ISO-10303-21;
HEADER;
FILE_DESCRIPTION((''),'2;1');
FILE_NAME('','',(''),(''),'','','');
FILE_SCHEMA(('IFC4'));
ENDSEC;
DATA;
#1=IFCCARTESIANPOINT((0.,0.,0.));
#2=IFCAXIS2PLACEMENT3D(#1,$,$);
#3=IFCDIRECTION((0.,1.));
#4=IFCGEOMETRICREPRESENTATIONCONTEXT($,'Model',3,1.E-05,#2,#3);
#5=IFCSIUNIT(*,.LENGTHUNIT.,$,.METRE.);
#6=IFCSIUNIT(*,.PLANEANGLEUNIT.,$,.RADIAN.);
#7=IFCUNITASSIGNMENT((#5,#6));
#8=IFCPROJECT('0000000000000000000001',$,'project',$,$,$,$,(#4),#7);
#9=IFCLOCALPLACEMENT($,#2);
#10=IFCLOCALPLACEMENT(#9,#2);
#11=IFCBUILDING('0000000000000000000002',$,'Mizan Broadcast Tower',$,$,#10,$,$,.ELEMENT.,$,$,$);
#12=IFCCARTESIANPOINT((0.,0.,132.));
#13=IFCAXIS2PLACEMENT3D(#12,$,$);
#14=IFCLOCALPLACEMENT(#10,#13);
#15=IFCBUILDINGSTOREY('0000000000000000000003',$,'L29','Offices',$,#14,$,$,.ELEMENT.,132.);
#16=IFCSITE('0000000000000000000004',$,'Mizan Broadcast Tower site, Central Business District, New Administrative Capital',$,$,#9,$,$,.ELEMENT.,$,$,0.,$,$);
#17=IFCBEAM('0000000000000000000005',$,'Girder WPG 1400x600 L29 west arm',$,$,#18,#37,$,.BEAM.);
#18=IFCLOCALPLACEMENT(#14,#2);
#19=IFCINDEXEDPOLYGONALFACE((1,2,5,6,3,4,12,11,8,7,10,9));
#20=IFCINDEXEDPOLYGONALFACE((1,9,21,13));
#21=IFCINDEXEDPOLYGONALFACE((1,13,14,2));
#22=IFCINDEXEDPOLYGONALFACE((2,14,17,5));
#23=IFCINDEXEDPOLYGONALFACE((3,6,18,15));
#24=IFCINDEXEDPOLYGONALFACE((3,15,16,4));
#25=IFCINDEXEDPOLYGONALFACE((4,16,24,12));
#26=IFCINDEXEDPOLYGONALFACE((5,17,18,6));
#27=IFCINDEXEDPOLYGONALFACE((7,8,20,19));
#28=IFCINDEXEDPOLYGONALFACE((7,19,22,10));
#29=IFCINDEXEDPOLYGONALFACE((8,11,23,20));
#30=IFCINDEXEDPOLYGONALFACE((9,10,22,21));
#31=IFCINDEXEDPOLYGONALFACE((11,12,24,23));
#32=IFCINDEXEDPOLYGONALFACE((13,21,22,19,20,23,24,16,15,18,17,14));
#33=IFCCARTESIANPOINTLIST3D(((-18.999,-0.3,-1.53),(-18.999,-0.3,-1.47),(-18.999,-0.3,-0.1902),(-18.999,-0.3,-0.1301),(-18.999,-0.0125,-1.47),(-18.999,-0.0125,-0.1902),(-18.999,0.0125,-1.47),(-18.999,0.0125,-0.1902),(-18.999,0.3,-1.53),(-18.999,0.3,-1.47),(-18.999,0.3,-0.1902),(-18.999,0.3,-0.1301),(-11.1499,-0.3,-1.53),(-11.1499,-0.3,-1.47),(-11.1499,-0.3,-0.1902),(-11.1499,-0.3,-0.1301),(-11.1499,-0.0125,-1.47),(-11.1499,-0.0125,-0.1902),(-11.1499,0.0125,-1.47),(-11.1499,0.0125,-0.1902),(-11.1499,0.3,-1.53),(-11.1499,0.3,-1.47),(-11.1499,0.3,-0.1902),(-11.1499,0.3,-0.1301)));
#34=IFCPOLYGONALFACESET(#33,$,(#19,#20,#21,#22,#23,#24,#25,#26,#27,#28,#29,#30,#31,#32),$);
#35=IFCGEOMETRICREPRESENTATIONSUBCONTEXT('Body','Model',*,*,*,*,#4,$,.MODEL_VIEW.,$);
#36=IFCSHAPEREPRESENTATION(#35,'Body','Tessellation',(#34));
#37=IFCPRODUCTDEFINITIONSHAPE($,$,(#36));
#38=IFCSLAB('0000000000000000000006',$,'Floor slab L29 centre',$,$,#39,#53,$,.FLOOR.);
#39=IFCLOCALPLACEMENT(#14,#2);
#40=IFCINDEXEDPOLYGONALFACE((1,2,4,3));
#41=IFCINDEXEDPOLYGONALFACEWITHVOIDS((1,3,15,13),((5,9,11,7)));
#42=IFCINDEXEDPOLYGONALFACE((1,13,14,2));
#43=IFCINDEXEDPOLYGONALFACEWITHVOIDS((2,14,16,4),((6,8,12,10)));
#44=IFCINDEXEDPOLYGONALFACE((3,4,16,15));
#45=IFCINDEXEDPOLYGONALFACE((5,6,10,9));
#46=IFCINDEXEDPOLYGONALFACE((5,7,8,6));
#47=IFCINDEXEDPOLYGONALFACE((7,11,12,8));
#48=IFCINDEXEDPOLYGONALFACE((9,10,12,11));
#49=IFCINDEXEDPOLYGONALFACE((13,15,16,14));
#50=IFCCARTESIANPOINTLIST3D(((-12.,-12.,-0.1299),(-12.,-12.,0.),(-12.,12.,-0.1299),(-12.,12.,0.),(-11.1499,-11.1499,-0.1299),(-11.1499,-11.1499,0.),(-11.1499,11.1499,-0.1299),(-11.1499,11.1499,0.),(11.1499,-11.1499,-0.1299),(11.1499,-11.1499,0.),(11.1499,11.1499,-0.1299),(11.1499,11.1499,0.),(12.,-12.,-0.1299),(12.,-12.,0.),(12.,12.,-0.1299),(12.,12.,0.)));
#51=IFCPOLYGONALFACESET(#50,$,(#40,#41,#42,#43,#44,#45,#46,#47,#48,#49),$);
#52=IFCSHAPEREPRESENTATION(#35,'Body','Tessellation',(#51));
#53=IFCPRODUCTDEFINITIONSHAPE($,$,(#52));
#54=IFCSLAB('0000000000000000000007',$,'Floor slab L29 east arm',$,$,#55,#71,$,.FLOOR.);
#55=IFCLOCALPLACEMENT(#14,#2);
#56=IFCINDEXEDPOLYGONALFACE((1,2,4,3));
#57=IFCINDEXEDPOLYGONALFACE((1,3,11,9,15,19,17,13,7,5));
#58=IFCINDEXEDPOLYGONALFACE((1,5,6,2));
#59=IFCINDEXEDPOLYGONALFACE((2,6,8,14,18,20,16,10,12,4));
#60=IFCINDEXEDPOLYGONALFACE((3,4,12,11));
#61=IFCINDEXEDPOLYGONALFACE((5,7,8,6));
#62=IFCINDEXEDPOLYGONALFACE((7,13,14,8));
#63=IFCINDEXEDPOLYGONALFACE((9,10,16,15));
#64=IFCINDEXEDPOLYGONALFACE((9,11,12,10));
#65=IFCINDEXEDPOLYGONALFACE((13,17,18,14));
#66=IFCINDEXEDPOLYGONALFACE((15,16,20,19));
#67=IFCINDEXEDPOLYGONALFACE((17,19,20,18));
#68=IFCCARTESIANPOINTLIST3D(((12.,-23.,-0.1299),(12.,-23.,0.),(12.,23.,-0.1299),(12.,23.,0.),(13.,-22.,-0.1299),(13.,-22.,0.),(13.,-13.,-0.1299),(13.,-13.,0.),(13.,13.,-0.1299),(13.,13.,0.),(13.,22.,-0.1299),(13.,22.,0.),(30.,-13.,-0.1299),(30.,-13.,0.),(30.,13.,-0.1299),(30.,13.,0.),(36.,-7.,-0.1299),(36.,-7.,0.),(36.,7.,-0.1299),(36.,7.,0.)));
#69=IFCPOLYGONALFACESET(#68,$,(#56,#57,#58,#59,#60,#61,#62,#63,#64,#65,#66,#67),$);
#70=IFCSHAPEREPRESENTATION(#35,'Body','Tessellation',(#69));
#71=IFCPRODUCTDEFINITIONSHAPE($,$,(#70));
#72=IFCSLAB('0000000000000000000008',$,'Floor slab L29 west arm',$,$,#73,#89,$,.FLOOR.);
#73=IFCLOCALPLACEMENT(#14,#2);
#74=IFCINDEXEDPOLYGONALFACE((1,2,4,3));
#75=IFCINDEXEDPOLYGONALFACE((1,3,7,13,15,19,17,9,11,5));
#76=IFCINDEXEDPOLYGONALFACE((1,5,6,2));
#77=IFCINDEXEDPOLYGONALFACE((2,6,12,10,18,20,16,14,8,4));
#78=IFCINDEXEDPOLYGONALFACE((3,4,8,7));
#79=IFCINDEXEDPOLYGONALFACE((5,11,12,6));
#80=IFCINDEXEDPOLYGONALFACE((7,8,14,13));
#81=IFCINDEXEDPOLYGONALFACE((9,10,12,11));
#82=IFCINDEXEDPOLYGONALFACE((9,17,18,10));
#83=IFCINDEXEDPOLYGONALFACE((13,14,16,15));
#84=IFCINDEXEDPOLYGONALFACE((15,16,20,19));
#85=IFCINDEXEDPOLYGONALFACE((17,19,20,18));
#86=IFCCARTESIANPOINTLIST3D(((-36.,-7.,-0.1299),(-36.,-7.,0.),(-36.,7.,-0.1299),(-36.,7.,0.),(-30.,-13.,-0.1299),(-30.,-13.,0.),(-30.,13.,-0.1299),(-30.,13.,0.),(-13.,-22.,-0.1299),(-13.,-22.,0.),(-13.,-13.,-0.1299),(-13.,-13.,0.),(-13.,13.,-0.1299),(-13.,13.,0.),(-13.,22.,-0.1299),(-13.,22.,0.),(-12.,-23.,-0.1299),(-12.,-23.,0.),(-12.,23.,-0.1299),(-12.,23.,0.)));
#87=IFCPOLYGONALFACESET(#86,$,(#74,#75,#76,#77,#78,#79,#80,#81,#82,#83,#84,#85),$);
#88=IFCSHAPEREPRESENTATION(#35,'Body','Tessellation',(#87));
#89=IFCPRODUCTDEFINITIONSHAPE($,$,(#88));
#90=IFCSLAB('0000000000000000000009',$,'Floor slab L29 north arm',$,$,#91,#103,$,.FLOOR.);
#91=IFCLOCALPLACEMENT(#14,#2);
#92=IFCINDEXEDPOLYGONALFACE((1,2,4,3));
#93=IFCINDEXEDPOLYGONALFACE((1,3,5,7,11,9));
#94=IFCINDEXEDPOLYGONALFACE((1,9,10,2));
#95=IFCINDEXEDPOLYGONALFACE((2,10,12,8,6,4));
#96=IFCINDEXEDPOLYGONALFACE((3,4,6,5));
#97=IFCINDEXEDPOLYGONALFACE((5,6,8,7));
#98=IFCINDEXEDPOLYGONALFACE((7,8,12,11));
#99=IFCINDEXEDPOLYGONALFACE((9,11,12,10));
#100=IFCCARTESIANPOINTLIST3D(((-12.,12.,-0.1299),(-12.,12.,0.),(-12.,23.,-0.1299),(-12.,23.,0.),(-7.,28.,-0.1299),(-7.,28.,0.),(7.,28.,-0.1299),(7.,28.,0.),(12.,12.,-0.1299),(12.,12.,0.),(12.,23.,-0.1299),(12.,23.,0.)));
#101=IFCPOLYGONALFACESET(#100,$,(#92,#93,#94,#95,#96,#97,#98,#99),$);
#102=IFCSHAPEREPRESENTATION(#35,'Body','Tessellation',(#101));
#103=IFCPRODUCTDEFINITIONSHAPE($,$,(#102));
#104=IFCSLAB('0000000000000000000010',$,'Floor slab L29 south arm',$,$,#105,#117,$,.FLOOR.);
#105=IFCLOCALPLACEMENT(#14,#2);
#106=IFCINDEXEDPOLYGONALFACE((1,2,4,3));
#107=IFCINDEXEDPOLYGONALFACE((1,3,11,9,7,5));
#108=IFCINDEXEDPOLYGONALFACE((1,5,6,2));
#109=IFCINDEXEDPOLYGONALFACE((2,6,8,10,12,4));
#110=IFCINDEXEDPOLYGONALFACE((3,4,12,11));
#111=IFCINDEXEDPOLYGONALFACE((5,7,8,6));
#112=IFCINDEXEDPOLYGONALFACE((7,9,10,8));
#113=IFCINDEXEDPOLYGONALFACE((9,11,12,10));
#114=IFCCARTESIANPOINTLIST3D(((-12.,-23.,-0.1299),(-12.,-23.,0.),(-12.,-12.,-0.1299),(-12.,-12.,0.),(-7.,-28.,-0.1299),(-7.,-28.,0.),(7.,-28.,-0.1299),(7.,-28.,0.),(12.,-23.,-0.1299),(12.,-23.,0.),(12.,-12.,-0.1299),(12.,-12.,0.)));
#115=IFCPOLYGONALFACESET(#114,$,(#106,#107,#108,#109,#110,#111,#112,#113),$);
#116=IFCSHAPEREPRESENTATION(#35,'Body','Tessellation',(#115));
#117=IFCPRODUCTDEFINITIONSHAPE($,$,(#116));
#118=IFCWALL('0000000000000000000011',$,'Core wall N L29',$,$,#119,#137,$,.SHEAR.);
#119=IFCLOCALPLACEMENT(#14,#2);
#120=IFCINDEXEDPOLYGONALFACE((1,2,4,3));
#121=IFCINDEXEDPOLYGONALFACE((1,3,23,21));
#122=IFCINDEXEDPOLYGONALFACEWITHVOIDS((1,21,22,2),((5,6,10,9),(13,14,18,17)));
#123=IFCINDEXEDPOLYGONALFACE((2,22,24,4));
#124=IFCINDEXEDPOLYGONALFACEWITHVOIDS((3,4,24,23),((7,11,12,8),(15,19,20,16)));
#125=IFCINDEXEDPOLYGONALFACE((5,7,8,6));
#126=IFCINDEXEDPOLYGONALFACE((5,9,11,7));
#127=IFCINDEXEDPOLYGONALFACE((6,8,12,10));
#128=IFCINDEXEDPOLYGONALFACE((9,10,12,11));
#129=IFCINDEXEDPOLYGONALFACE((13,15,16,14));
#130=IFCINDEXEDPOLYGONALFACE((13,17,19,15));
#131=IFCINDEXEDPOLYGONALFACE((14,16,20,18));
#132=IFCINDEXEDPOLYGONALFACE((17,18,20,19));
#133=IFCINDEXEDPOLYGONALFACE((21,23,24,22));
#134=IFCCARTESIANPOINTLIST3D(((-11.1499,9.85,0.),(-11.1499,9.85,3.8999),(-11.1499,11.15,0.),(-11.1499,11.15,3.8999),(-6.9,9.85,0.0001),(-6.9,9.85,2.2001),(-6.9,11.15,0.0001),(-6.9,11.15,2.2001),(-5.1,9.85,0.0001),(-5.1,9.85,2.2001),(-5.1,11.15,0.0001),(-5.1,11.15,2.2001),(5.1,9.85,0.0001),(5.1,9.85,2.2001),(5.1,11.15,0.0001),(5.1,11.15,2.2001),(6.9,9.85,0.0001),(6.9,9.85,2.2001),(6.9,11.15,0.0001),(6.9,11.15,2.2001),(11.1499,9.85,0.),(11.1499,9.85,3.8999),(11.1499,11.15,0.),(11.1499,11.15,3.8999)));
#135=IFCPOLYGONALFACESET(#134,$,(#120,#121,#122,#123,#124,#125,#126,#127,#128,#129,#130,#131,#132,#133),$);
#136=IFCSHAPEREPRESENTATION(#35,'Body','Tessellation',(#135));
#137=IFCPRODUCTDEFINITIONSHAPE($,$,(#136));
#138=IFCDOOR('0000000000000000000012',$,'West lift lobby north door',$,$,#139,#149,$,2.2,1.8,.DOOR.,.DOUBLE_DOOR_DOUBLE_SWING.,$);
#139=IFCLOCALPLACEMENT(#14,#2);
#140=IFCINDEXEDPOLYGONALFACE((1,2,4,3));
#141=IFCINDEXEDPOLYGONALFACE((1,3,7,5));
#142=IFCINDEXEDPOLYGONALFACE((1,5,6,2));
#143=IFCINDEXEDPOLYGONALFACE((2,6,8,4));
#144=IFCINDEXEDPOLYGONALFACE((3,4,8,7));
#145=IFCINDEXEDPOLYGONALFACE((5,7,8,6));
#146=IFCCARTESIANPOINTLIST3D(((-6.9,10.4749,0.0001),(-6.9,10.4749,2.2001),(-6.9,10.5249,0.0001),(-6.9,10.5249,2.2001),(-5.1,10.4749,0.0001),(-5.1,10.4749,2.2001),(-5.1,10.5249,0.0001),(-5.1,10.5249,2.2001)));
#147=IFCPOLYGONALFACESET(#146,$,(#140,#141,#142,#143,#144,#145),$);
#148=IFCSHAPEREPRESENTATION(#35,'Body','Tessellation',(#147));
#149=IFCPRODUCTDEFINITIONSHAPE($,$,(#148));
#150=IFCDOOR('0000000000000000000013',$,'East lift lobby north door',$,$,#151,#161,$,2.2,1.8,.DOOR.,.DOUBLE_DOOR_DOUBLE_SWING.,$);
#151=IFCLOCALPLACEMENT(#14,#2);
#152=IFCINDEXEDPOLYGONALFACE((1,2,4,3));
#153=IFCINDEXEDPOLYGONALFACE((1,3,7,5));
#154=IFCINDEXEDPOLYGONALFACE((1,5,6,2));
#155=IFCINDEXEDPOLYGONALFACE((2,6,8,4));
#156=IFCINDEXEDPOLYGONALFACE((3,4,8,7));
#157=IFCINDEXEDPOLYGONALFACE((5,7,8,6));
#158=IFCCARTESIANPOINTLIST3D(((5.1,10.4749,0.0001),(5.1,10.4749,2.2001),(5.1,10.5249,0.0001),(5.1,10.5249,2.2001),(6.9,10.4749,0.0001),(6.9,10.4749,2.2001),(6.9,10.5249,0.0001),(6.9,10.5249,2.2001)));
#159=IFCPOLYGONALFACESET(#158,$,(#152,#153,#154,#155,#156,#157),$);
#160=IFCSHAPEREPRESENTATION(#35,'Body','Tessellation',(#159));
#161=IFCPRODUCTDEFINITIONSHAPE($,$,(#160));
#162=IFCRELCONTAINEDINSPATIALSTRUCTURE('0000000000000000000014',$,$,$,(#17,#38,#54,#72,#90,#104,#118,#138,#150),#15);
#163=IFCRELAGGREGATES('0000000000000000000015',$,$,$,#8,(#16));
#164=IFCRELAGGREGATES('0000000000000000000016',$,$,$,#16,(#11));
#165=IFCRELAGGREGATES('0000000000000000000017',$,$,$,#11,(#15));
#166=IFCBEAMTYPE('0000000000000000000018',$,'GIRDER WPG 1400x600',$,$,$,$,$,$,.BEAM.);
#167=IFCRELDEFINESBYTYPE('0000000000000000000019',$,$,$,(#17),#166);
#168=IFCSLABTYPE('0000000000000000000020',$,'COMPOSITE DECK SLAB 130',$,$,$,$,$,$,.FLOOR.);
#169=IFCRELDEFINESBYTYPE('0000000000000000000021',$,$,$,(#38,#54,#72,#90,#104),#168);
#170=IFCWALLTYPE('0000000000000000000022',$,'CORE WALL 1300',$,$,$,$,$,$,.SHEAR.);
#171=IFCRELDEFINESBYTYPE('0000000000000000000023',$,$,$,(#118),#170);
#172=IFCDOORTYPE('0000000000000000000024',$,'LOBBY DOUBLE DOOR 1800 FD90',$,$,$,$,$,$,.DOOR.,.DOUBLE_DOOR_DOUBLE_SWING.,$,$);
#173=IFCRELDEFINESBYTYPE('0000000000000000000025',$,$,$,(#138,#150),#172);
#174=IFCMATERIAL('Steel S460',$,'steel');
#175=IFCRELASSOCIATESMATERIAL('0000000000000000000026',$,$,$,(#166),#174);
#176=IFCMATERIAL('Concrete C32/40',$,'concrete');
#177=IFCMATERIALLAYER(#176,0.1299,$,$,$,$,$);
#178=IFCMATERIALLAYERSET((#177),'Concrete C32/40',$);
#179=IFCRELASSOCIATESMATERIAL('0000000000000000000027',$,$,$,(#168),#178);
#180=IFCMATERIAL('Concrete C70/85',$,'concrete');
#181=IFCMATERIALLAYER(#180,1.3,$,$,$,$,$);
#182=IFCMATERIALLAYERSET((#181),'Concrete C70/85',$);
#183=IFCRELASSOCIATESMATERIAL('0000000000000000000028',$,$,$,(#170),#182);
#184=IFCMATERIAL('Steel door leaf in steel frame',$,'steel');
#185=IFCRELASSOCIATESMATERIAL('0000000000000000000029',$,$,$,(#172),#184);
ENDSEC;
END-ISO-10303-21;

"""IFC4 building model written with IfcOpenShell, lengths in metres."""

from ifc_helpers import new_model, si_unit, direction, frame, frame_2d, origin, origin_2d, place, context, subcontext, project, spatial, polyline, rectangle, i_section, outline, extrude, material, layer, layer_set, material_profile, profile_set, type_object, element, fill, save


model = new_model("IFC4")

# Units and contexts
model_context = context("Model", 3, precision=1e-05, world=origin(), true_north=direction((0.0, 1.0)))
body_context = subcontext(model_context, "Body", "Model", "MODEL_VIEW")
ifc_project = project(units=[si_unit("LENGTHUNIT", "METRE"), si_unit("PLANEANGLEUNIT", "RADIAN")], contexts=[model_context])

# Site, building, storey
site_placement = place(None, origin())
site = spatial("IfcSite", under=ifc_project, at=site_placement, Name="Mizan Broadcast Tower site, Central Business District, New Administrative Capital", CompositionType="ELEMENT", RefElevation=0.0)
building_placement = place(site_placement, origin())
building = spatial("IfcBuilding", under=site, at=building_placement, Name="Mizan Broadcast Tower", CompositionType="ELEMENT")
storey_placement = place(building_placement, frame((0.0, 0.0, 132.0)))
storey = spatial("IfcBuildingStorey", under=building, at=storey_placement, Name="L29", Description="Offices", CompositionType="ELEMENT", Elevation=132.0)

# Beam
ifc_material_1 = material(Name="Steel S460", Category="steel")
ifc_material_profile = material_profile(ifc_material_1, i_section(OverallWidth=0.6001, OverallDepth=1.3999, WebThickness=0.0249, FlangeThickness=0.0601, at=origin_2d()), Name="WPG 1400x600")
ifc_profile_set = profile_set([ifc_material_profile], Name="Steel S460")
beam_type = type_object("IfcBeamType", Name="GIRDER WPG 1400x600", PredefinedType="BEAM", material=ifc_profile_set)
beam_placement = place(storey_placement, frame((-11.1499, 0.0, -0.8301), z_axis=(-1.0, 0.0, 0.0), x_axis=(0.0, -1.0, 0.0)))
element("IfcBeam", 1, at=beam_placement, inside=storey, type_object=beam_type, Name="Girder WPG 1400x600 L29 west arm", PredefinedType="BEAM", context=body_context, shape_type="SweptSolid", body=[
    extrude(i_section(OverallWidth=0.6001, OverallDepth=1.3999, WebThickness=0.0249, FlangeThickness=0.0601, at=origin_2d()), origin(), (0.0, 0.0, 1.0), 7.8491),
])

# Slabs
ifc_material_2 = material(Name="Concrete C32/40", Category="concrete")
ifc_layer_1 = layer(ifc_material_2, 0.1299)
ifc_layer_set_1 = layer_set([ifc_layer_1], Name="Concrete C32/40")
slab_type = type_object("IfcSlabType", Name="COMPOSITE DECK SLAB 130", PredefinedType="FLOOR", material=ifc_layer_set_1)
slab_1_placement = place(storey_placement, frame((0.0, 0.0, -0.1299)))
element("IfcSlab", 2, at=slab_1_placement, inside=storey, type_object=slab_type, Name="Floor slab L29 centre", PredefinedType="FLOOR", context=body_context, shape_type="SweptSolid", body=[
    extrude(outline(polyline([(-12.0, -12.0), (12.0, -12.0), (12.0, 12.0), (-12.0, 12.0), (-12.0, -12.0)]), holes=[polyline([(-11.1499, 11.1499), (11.1499, 11.1499), (11.1499, -11.1499), (-11.1499, -11.1499), (-11.1499, 11.1499)])]), origin(), (0.0, 0.0, 1.0), 0.1299),
])
slab_2_placement = place(storey_placement, frame((0.0, 0.0, -0.1299)))
element("IfcSlab", 3, at=slab_2_placement, inside=storey, type_object=slab_type, Name="Floor slab L29 east arm", PredefinedType="FLOOR", context=body_context, shape_type="SweptSolid", body=[
    extrude(outline(polyline([(12.0, -23.0), (13.0, -22.0), (13.0, -13.0), (30.0, -13.0), (36.0, -7.0), (36.0, 7.0), (30.0, 13.0), (13.0, 13.0), (13.0, 22.0), (12.0, 23.0), (12.0, -23.0)])), origin(), (0.0, 0.0, 1.0), 0.1299),
])
slab_3_placement = place(storey_placement, frame((0.0, 0.0, -0.1299)))
element("IfcSlab", 4, at=slab_3_placement, inside=storey, type_object=slab_type, Name="Floor slab L29 west arm", PredefinedType="FLOOR", context=body_context, shape_type="SweptSolid", body=[
    extrude(outline(polyline([(-13.0, -22.0), (-12.0, -23.0), (-12.0, 23.0), (-13.0, 22.0), (-13.0, 13.0), (-30.0, 13.0), (-36.0, 7.0), (-36.0, -7.0), (-30.0, -13.0), (-13.0, -13.0), (-13.0, -22.0)])), origin(), (0.0, 0.0, 1.0), 0.1299),
])
slab_4_placement = place(storey_placement, frame((0.0, 0.0, -0.1299)))
element("IfcSlab", 5, at=slab_4_placement, inside=storey, type_object=slab_type, Name="Floor slab L29 north arm", PredefinedType="FLOOR", context=body_context, shape_type="SweptSolid", body=[
    extrude(outline(polyline([(-7.0, 28.0), (-12.0, 23.0), (-12.0, 12.0), (12.0, 12.0), (12.0, 23.0), (7.0, 28.0), (-7.0, 28.0)])), origin(), (0.0, 0.0, 1.0), 0.1299),
])
slab_5_placement = place(storey_placement, frame((0.0, 0.0, -0.1299)))
element("IfcSlab", 6, at=slab_5_placement, inside=storey, type_object=slab_type, Name="Floor slab L29 south arm", PredefinedType="FLOOR", context=body_context, shape_type="SweptSolid", body=[
    extrude(outline(polyline([(7.0, -28.0), (12.0, -23.0), (12.0, -12.0), (-12.0, -12.0), (-12.0, -23.0), (-7.0, -28.0), (7.0, -28.0)])), origin(), (0.0, 0.0, 1.0), 0.1299),
])

# Wall, openings, doors
ifc_material_3 = material(Name="Concrete C70/85", Category="concrete")
ifc_layer_2 = layer(ifc_material_3, 1.3)
ifc_layer_set_2 = layer_set([ifc_layer_2], Name="Concrete C70/85")
wall_type_1 = type_object("IfcWallType", Name="CORE WALL 1300", PredefinedType="SHEAR", material=ifc_layer_set_2)
wall_1_placement = place(storey_placement, frame((-11.1499, 10.5, 0.0), z_axis=(0.0, 0.0, 1.0), x_axis=(1.0, 0.0, 0.0)))
wall_1 = element("IfcWall", 7, at=wall_1_placement, inside=storey, type_object=wall_type_1, Name="Core wall N L29", PredefinedType="SHEAR", context=body_context, shape_type="SweptSolid", body=[
    extrude(rectangle(XDim=22.2998, YDim=1.3, at=frame_2d((11.1499, 0.0))), origin(), (0.0, 0.0, 1.0), 3.8999),
])
opening_1_placement = place(wall_1_placement, frame((4.25, 0.0, 0.0)))
opening_1 = element("IfcOpeningElement", 8, at=opening_1_placement, cuts=wall_1, PredefinedType="OPENING", context=body_context, shape_type="SweptSolid", body=[
    extrude(rectangle(XDim=1.8, YDim=2.2, at=frame_2d((0.8999, 1.1001))), frame((0.0, 0.6599, 0.0), z_axis=(0.0, -1.0, 0.0), x_axis=(1.0, 0.0, 0.0)), (0.0, 0.0, 1.0), 1.3201),
])
opening_2_placement = place(wall_1_placement, frame((16.25, 0.0, 0.0)))
opening_2 = element("IfcOpeningElement", 9, at=opening_2_placement, cuts=wall_1, PredefinedType="OPENING", context=body_context, shape_type="SweptSolid", body=[
    extrude(rectangle(XDim=1.8, YDim=2.2, at=frame_2d((0.8999, 1.1001))), frame((0.0, 0.6599, 0.0), z_axis=(0.0, -1.0, 0.0), x_axis=(1.0, 0.0, 0.0)), (0.0, 0.0, 1.0), 1.3201),
])
ifc_material_4 = material(Name="Steel door leaf in steel frame", Category="steel")
door_type_1 = type_object("IfcDoorType", Name="LOBBY DOUBLE DOOR 1800 FD90", OperationType="DOUBLE_DOOR_DOUBLE_SWING", PredefinedType="DOOR", material=ifc_material_4)
door_1_placement = place(opening_1_placement, origin())
door_1 = element("IfcDoor", 10, at=door_1_placement, inside=storey, type_object=door_type_1, Name="West lift lobby north door", OperationType="DOUBLE_DOOR_DOUBLE_SWING", OverallHeight=2.2, OverallWidth=1.8, PredefinedType="DOOR", context=body_context, shape_type="SweptSolid", body=[
    extrude(rectangle(XDim=1.8, YDim=2.2, at=frame_2d((0.8999, 1.1001))), frame((0.0, 0.0249, 0.0), z_axis=(0.0, -1.0, 0.0), x_axis=(1.0, 0.0, 0.0)), (0.0, 0.0, 1.0), 0.05),
])
fill(opening_1, door_1)
door_2_placement = place(opening_2_placement, origin())
door_2 = element("IfcDoor", 11, at=door_2_placement, inside=storey, type_object=door_type_1, Name="East lift lobby north door", OperationType="DOUBLE_DOOR_DOUBLE_SWING", OverallHeight=2.2, OverallWidth=1.8, PredefinedType="DOOR", context=body_context, shape_type="SweptSolid", body=[
    extrude(rectangle(XDim=1.8, YDim=2.2, at=frame_2d((0.8999, 1.1001))), frame((0.0, 0.0249, 0.0), z_axis=(0.0, -1.0, 0.0), x_axis=(1.0, 0.0, 0.0)), (0.0, 0.0, 1.0), 0.05),
])
fill(opening_2, door_2)

save(model, "model.ifc")
